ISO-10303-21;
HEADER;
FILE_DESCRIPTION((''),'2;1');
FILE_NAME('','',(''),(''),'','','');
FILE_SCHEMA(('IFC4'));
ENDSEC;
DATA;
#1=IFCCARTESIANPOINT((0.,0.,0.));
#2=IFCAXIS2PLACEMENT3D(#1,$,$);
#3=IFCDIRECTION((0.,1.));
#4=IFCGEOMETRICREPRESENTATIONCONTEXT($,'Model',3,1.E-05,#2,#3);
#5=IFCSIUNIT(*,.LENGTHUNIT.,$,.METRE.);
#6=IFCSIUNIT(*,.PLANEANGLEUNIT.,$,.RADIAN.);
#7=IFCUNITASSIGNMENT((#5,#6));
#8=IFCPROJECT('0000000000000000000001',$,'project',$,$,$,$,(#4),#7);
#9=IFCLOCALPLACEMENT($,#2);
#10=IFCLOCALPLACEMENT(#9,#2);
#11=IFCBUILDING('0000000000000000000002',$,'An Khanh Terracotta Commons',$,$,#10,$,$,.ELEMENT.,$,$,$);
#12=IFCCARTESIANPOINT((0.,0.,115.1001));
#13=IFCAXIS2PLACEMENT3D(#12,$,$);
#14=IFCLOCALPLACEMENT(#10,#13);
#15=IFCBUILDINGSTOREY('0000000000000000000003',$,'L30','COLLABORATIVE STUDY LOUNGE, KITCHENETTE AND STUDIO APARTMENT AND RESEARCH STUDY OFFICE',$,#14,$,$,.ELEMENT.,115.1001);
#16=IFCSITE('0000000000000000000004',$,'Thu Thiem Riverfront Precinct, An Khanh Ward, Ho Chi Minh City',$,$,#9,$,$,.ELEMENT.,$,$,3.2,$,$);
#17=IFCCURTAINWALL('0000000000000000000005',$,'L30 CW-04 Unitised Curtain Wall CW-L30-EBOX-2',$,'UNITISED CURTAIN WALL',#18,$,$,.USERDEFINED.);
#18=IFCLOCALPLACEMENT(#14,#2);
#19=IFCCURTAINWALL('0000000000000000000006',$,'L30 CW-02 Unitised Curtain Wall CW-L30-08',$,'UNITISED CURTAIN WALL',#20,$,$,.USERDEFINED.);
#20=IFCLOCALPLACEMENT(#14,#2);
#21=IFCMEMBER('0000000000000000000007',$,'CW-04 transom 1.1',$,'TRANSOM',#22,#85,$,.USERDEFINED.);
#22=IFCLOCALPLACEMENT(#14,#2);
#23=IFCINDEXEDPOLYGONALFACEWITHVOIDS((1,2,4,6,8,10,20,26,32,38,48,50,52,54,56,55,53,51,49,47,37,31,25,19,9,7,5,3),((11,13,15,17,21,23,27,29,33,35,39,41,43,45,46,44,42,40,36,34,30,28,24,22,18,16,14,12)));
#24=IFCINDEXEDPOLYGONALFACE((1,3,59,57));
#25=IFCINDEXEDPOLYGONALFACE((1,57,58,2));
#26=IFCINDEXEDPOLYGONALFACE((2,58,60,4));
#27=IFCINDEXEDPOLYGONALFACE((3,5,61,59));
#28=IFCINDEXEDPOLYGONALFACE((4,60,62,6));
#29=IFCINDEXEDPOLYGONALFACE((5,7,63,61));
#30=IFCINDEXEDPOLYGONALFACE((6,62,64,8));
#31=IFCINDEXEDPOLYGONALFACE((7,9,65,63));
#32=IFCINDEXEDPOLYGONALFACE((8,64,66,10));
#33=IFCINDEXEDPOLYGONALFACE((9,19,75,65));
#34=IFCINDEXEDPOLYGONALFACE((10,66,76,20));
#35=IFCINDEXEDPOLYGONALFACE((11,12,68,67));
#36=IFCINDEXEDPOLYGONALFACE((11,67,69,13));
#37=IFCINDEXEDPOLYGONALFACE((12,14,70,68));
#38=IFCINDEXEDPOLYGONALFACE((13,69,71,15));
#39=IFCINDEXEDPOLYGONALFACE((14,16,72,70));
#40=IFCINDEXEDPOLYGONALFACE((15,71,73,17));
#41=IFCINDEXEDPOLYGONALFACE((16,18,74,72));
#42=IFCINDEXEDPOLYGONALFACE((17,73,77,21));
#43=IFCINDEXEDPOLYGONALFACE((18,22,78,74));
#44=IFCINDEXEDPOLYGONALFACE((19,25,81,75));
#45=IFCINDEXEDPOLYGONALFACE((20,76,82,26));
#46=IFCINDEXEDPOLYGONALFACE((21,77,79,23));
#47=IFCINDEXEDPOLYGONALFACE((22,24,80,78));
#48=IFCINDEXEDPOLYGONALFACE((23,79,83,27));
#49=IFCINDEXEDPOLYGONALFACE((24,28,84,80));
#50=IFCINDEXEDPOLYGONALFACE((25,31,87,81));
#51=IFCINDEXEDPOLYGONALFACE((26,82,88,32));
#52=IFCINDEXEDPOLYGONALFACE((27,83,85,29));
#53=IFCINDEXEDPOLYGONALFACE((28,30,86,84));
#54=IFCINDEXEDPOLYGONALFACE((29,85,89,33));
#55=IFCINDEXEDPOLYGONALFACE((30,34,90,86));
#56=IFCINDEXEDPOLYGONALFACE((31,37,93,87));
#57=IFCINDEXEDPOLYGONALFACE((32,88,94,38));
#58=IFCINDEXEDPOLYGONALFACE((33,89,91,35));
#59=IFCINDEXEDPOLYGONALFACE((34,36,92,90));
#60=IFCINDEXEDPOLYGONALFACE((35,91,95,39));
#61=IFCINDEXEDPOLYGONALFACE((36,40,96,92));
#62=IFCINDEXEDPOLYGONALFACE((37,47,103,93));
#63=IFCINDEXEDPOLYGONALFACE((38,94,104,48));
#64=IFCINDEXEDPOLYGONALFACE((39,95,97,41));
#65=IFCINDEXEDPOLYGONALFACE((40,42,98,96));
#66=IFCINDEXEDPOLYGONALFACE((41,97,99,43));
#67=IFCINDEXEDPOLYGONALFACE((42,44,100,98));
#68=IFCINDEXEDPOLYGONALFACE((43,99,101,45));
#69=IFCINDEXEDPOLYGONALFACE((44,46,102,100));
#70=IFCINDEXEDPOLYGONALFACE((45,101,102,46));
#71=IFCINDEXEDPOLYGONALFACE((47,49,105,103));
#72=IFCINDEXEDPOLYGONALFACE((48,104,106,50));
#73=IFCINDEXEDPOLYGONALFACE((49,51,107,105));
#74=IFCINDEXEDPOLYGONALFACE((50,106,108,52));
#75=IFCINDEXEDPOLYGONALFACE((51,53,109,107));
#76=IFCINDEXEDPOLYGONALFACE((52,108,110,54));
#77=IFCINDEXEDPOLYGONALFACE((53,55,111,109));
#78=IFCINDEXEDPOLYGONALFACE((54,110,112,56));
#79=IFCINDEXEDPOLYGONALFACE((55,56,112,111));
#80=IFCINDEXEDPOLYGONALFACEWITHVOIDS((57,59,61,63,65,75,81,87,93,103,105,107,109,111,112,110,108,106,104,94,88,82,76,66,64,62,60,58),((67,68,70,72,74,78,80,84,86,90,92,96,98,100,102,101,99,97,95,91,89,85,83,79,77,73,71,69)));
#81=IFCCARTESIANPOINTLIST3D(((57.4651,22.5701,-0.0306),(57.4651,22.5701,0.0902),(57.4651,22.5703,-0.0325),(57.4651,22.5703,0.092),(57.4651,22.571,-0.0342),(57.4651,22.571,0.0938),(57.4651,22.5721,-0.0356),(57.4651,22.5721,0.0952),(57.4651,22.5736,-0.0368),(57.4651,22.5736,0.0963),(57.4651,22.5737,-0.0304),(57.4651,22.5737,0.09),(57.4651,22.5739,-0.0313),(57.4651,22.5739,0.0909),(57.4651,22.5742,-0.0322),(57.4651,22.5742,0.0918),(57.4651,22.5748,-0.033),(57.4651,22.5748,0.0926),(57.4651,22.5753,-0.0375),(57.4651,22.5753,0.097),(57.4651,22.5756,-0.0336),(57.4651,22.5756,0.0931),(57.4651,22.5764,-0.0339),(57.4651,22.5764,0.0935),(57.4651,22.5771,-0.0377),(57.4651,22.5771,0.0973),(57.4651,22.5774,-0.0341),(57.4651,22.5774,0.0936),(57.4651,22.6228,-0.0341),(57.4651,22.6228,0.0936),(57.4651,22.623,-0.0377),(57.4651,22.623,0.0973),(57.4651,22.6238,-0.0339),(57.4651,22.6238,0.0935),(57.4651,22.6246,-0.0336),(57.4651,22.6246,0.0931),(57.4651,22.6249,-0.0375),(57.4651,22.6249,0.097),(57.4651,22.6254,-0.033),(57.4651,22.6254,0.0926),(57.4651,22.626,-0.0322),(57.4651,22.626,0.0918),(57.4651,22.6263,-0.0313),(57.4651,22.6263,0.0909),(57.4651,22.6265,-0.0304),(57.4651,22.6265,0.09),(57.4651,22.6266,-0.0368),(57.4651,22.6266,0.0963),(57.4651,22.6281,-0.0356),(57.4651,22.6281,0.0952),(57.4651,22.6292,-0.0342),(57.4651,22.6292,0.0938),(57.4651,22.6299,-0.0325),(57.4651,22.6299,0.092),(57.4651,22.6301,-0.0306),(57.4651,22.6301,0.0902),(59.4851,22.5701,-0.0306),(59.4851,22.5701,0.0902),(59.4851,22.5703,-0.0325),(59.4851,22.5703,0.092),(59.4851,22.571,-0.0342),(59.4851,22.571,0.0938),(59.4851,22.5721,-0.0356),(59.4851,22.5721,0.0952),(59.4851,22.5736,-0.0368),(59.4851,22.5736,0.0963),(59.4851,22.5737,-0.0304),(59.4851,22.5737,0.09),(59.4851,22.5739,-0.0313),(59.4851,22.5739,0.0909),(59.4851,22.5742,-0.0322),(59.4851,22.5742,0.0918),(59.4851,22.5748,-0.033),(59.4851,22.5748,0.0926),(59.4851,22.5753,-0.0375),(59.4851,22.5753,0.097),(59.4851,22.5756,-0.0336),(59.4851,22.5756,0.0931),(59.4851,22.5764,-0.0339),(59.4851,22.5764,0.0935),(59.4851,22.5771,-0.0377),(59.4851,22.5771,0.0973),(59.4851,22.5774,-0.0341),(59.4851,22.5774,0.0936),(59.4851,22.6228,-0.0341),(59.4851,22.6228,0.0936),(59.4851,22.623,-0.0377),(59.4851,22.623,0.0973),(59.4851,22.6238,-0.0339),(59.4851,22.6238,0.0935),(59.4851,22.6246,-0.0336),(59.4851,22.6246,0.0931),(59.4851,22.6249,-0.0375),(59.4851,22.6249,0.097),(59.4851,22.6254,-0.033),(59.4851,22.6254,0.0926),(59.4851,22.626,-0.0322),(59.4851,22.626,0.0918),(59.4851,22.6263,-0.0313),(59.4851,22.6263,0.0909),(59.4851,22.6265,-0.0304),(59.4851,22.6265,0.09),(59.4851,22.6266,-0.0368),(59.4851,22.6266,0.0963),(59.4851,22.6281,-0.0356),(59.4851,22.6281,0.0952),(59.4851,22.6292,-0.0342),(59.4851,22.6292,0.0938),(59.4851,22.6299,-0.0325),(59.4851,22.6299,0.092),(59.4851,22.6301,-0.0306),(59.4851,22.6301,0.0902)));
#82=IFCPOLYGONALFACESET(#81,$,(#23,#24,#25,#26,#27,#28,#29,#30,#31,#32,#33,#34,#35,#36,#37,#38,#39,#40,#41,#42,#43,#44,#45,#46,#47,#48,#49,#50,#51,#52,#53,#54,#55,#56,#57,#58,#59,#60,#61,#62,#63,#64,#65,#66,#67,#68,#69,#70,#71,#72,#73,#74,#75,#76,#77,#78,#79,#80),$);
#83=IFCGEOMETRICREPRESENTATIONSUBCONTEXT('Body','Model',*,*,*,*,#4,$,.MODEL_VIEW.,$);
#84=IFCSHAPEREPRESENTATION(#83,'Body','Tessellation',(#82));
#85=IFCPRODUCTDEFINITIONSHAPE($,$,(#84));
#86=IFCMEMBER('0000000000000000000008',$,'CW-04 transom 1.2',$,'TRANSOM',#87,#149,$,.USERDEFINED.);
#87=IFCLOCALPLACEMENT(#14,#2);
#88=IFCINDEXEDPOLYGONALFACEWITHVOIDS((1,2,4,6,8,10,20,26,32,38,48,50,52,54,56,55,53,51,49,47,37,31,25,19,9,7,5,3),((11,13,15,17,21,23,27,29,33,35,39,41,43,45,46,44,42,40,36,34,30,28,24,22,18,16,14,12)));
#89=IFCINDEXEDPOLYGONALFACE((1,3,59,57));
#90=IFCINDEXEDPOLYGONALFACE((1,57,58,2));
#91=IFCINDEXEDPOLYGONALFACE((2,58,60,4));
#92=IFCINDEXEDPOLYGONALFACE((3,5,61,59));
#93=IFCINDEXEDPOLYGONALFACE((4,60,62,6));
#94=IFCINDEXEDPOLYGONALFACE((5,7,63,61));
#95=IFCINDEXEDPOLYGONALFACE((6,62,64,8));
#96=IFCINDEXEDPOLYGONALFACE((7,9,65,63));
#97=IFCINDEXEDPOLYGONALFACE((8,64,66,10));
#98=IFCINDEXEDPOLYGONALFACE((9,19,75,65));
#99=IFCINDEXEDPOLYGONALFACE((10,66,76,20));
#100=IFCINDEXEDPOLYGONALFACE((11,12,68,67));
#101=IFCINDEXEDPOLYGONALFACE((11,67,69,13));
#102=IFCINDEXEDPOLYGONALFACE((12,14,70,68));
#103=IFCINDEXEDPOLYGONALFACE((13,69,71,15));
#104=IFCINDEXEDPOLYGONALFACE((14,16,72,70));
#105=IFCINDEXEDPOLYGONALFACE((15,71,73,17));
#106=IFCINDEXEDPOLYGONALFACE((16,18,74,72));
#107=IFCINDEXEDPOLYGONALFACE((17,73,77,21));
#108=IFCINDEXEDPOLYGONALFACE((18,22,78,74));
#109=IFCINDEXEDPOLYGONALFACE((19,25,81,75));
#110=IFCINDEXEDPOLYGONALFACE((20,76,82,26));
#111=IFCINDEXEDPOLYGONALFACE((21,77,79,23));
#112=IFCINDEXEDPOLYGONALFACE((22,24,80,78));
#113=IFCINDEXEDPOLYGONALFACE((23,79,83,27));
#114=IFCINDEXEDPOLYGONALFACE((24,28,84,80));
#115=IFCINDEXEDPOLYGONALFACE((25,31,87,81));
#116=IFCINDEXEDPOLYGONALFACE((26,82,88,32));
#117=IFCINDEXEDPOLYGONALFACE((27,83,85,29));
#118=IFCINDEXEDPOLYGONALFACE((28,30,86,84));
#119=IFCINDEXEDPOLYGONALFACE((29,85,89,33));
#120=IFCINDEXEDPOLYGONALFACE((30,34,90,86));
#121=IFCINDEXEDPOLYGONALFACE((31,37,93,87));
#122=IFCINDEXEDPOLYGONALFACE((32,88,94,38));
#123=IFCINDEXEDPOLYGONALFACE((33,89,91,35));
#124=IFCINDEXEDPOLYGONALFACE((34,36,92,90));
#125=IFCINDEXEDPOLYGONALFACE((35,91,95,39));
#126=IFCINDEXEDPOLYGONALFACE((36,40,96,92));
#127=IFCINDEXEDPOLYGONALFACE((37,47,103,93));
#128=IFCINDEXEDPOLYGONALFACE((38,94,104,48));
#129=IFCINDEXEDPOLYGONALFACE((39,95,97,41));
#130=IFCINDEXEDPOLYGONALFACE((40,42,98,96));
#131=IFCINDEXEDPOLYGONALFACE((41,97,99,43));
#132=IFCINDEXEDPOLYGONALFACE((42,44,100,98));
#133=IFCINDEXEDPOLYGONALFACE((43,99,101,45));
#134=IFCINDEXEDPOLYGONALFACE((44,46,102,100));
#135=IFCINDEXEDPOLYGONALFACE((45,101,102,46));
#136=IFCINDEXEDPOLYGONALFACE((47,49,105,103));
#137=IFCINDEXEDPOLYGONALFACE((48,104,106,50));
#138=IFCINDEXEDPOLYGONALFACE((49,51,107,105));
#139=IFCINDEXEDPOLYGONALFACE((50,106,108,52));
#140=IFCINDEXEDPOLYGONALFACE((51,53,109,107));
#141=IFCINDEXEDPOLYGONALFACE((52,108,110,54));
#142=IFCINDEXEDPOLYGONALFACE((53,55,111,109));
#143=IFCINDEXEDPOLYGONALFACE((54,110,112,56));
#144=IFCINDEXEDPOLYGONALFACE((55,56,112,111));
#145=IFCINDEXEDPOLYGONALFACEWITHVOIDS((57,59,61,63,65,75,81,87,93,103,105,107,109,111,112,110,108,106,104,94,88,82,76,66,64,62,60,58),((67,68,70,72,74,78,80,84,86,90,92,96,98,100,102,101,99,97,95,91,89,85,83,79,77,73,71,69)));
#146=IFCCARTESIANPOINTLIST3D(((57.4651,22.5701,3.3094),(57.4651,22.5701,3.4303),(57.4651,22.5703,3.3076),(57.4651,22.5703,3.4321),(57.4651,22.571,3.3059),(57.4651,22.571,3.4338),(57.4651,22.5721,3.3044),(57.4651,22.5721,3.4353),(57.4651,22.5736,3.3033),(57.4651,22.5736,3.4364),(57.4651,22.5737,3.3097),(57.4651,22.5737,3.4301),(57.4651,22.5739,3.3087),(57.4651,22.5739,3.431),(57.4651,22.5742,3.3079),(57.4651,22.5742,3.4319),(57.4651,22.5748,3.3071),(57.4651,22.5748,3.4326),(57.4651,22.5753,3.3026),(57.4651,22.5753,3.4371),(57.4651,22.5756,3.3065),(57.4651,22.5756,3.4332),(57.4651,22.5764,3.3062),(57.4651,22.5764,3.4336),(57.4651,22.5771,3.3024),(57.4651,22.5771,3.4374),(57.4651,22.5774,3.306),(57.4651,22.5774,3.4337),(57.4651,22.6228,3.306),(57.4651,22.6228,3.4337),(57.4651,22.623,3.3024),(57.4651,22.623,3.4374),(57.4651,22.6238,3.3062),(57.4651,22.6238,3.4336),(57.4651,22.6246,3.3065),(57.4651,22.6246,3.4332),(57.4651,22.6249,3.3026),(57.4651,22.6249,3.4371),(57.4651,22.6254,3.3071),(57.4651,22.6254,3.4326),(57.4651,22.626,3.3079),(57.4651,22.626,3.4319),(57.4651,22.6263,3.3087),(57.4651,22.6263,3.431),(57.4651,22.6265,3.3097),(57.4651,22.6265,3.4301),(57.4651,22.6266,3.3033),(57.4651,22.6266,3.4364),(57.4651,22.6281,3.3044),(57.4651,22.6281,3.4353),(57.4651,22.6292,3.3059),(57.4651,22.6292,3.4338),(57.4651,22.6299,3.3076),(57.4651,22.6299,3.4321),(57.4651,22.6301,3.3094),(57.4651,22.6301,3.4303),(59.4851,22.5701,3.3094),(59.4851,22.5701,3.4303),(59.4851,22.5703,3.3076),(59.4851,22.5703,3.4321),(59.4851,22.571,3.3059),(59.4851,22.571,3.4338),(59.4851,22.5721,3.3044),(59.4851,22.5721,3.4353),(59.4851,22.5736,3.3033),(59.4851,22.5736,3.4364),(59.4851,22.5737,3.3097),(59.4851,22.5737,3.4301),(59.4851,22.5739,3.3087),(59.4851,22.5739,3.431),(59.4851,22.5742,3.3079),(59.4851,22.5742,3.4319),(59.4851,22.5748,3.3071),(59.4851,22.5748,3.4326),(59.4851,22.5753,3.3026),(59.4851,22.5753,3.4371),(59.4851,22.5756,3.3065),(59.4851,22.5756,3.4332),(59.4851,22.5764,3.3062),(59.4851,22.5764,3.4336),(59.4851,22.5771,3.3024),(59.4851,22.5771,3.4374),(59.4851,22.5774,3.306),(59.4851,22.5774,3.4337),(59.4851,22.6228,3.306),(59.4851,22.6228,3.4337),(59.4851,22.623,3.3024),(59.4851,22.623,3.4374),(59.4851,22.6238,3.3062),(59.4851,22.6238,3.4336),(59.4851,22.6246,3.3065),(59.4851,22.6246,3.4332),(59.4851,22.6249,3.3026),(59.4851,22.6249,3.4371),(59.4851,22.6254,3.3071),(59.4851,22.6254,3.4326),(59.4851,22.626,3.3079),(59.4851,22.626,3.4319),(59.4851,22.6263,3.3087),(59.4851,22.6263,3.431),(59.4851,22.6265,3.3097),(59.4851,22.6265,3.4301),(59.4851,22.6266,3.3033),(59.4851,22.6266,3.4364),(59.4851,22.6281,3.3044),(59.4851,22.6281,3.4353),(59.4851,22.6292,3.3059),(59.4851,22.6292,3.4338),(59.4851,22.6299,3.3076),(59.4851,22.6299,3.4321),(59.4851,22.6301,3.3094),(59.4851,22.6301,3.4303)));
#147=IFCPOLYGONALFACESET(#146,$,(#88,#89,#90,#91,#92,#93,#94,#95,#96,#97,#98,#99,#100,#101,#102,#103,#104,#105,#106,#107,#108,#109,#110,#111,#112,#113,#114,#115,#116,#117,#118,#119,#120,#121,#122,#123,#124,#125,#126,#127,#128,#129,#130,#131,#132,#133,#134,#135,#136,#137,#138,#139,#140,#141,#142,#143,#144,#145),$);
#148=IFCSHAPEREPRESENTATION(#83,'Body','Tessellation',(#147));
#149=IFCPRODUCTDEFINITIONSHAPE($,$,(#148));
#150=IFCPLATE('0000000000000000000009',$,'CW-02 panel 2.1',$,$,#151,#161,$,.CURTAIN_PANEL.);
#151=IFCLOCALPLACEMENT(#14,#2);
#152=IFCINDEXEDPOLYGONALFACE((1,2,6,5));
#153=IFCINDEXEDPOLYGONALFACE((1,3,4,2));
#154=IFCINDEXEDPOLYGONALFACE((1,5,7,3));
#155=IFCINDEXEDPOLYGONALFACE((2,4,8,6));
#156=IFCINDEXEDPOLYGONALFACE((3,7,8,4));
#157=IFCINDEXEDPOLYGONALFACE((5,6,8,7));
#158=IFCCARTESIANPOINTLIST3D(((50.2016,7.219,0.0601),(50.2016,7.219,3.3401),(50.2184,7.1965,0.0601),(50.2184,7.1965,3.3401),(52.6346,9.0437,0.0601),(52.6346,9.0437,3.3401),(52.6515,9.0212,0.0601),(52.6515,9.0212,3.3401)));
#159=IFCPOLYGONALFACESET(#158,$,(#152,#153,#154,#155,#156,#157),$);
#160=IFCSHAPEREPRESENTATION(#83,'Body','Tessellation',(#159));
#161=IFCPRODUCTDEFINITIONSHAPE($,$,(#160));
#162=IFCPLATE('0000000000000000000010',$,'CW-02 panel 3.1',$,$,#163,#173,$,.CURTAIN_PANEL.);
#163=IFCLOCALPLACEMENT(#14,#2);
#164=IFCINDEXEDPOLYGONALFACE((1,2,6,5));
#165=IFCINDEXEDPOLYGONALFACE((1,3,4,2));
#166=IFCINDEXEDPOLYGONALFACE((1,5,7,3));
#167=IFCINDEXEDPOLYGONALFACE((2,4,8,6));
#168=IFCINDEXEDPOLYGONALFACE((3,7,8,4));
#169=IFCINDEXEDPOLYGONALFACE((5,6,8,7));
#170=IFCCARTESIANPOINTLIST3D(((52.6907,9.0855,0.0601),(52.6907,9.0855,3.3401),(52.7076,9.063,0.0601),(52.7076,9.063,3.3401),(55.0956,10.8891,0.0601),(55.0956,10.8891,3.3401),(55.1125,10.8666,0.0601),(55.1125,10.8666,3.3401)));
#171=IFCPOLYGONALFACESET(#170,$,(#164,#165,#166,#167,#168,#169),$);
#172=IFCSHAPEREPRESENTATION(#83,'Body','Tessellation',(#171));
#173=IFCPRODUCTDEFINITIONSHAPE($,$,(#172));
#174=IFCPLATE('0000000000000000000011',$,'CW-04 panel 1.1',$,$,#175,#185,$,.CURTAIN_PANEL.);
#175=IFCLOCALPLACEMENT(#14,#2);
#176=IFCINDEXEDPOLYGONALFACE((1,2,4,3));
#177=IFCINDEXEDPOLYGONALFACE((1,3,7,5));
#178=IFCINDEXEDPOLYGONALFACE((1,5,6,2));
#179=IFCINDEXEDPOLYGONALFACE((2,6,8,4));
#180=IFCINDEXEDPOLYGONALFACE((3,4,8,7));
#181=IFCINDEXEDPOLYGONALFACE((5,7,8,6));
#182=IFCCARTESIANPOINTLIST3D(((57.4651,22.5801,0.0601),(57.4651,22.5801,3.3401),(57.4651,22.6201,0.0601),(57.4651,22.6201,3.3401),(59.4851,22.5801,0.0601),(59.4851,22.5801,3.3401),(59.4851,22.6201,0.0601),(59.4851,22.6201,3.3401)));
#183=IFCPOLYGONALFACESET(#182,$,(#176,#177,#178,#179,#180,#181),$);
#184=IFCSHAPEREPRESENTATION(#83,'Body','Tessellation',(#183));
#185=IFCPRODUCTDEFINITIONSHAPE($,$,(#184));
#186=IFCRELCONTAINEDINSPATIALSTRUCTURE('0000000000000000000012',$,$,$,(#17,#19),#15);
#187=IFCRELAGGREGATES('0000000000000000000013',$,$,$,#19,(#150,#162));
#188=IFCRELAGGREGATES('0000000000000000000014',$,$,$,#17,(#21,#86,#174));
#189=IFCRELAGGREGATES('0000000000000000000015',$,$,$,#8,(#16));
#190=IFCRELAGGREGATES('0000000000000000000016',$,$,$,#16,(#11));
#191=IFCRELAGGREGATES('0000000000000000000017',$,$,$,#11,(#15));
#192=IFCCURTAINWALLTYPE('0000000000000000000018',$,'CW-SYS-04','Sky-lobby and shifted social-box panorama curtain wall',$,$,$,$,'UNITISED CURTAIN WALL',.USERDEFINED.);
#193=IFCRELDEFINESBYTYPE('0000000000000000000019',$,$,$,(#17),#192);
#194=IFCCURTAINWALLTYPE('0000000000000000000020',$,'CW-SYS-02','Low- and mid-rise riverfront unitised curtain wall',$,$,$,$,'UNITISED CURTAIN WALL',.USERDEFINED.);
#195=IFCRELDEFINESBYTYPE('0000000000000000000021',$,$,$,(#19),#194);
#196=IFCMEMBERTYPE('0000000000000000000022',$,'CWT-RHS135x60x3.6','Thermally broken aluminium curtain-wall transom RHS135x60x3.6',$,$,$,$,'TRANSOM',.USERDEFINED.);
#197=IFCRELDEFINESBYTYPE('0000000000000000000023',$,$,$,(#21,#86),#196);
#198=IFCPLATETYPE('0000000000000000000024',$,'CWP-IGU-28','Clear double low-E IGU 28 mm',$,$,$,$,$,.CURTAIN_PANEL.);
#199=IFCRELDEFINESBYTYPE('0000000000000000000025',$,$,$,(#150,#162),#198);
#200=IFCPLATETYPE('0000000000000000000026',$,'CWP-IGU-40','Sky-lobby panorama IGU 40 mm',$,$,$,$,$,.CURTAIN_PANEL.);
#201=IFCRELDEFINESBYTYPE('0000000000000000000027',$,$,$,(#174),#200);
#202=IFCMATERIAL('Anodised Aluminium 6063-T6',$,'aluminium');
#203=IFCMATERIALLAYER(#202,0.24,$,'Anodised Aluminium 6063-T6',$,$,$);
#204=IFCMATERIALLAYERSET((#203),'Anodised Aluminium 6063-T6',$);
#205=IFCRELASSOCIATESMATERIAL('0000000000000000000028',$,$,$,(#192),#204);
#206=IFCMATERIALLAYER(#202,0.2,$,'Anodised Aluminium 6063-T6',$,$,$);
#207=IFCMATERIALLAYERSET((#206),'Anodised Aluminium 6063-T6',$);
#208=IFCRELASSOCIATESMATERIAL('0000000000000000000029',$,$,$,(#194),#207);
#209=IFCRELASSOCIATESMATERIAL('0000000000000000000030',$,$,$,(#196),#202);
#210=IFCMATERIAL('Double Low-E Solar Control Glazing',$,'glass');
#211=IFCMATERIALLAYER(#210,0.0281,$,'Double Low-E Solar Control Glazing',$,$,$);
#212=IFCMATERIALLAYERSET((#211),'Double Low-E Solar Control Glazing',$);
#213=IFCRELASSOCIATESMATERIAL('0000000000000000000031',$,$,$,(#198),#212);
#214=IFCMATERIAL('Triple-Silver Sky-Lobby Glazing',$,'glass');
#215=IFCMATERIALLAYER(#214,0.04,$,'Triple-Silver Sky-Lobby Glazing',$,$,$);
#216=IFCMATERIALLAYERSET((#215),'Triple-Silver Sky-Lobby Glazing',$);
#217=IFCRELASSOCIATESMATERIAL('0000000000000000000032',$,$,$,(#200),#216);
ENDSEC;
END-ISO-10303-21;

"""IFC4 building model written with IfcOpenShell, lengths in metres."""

from ifc_helpers import new_model, si_unit, direction, frame, origin, origin_2d, place, context, subcontext, project, spatial, rectangle, hollow_rectangle, extrude, material, layer, layer_set, material_profile, profile_set, type_object, element, aggregate, save


model = new_model("IFC4")

# Units and contexts
model_context = context("Model", 3, precision=1e-05, world=origin(), true_north=direction((0.0, 1.0)))
body_context = subcontext(model_context, "Body", "Model", "MODEL_VIEW")
ifc_project = project(units=[si_unit("LENGTHUNIT", "METRE"), si_unit("PLANEANGLEUNIT", "RADIAN")], contexts=[model_context])

# Site, building, storey
site_placement = place(None, origin())
site = spatial("IfcSite", under=ifc_project, at=site_placement, Name="Thu Thiem Riverfront Precinct, An Khanh Ward, Ho Chi Minh City", CompositionType="ELEMENT", RefElevation=3.2)
building_placement = place(site_placement, origin())
building = spatial("IfcBuilding", under=site, at=building_placement, Name="An Khanh Terracotta Commons", CompositionType="ELEMENT")
storey_placement = place(building_placement, frame((0.0, 0.0, 115.1001)))
storey = spatial("IfcBuildingStorey", under=building, at=storey_placement, Name="L30", Description="COLLABORATIVE STUDY LOUNGE, KITCHENETTE AND STUDIO APARTMENT AND RESEARCH STUDY OFFICE", CompositionType="ELEMENT", Elevation=115.1001)

# Shared definitions
ifc_material_1 = material(Name="Anodised Aluminium 6063-T6", Category="aluminium")
ifc_layer_1 = layer(ifc_material_1, 0.24, Name="Anodised Aluminium 6063-T6")
ifc_layer_set_1 = layer_set([ifc_layer_1], Name="Anodised Aluminium 6063-T6")
curtain_wall_type_1 = type_object("IfcCurtainWallType", Name="CW-SYS-04", Description="Sky-lobby and shifted social-box panorama curtain wall", ElementType="UNITISED CURTAIN WALL", PredefinedType="USERDEFINED", material=ifc_layer_set_1)

# Curtain walls
curtain_wall_1_placement = place(storey_placement, origin())
curtain_wall_1 = element("IfcCurtainWall", 1, at=curtain_wall_1_placement, inside=storey, type_object=curtain_wall_type_1, Name="L30 CW-04 Unitised Curtain Wall CW-L30-EBOX-2", ObjectType="UNITISED CURTAIN WALL", PredefinedType="USERDEFINED")
ifc_layer_2 = layer(ifc_material_1, 0.2, Name="Anodised Aluminium 6063-T6")
ifc_layer_set_2 = layer_set([ifc_layer_2], Name="Anodised Aluminium 6063-T6")
curtain_wall_type_2 = type_object("IfcCurtainWallType", Name="CW-SYS-02", Description="Low- and mid-rise riverfront unitised curtain wall", ElementType="UNITISED CURTAIN WALL", PredefinedType="USERDEFINED", material=ifc_layer_set_2)
curtain_wall_2_placement = place(storey_placement, origin())
curtain_wall_2 = element("IfcCurtainWall", 2, at=curtain_wall_2_placement, inside=storey, type_object=curtain_wall_type_2, Name="L30 CW-02 Unitised Curtain Wall CW-L30-08", ObjectType="UNITISED CURTAIN WALL", PredefinedType="USERDEFINED")

# Members
ifc_material_profile_1 = material_profile(ifc_material_1, hollow_rectangle(XDim=0.0601, YDim=0.135, WallThickness=0.0037, InnerFilletRadius=0.0037, OuterFilletRadius=0.0071, at=origin_2d()), Name="RHS135x60x3.6")
ifc_profile_set_1 = profile_set([ifc_material_profile_1], Name="Anodised Aluminium 6063-T6")
member_type_1 = type_object("IfcMemberType", Name="CWT-RHS135x60x3.6", Description="Thermally broken aluminium curtain-wall transom RHS135x60x3.6", ElementType="TRANSOM", PredefinedType="USERDEFINED", material=ifc_profile_set_1)
member_1_placement = place(storey_placement, frame((57.4651, 22.6001, 0.0298), z_axis=(1.0, 0.0, 0.0), x_axis=(0.0, 1.0, 0.0)))
member_1 = element("IfcMember", 3, at=member_1_placement, type_object=member_type_1, Name="CW-04 transom 1.1", ObjectType="TRANSOM", PredefinedType="USERDEFINED", context=body_context, shape_type="SweptSolid", body=[
    extrude(hollow_rectangle(XDim=0.0601, YDim=0.135, WallThickness=0.0037, InnerFilletRadius=0.0037, OuterFilletRadius=0.0071, at=origin_2d()), origin(), (0.0, 0.0, 1.0), 2.02),
])
member_2_placement = place(storey_placement, frame((57.4651, 22.6001, 3.3699), z_axis=(1.0, 0.0, 0.0), x_axis=(0.0, 1.0, 0.0)))
member_2 = element("IfcMember", 4, at=member_2_placement, type_object=member_type_1, Name="CW-04 transom 1.2", ObjectType="TRANSOM", PredefinedType="USERDEFINED", context=body_context, shape_type="SweptSolid", body=[
    extrude(hollow_rectangle(XDim=0.0601, YDim=0.135, WallThickness=0.0037, InnerFilletRadius=0.0037, OuterFilletRadius=0.0071, at=origin_2d()), origin(), (0.0, 0.0, 1.0), 2.02),
])

# Plates
ifc_material_2 = material(Name="Double Low-E Solar Control Glazing", Category="glass")
ifc_layer_3 = layer(ifc_material_2, 0.0281, Name="Double Low-E Solar Control Glazing")
ifc_layer_set_3 = layer_set([ifc_layer_3], Name="Double Low-E Solar Control Glazing")
plate_type_1 = type_object("IfcPlateType", Name="CWP-IGU-28", Description="Clear double low-E IGU 28 mm", PredefinedType="CURTAIN_PANEL", material=ifc_layer_set_3)
plate_1_placement = place(storey_placement, frame((51.4265, 8.1201, 0.0601), z_axis=(0.0, 0.0, 1.0), x_axis=(0.800013, 0.599983, 0.0)))
plate_1 = element("IfcPlate", 5, at=plate_1_placement, type_object=plate_type_1, Name="CW-02 panel 2.1", PredefinedType="CURTAIN_PANEL", context=body_context, shape_type="SweptSolid", body=[
    extrude(rectangle(XDim=3.0413, YDim=0.0281, at=origin_2d()), origin(), (0.0, 0.0, 1.0), 3.28),
])
plate_2_placement = place(storey_placement, frame((53.9016, 9.9761, 0.0601), z_axis=(0.0, 0.0, 1.0), x_axis=(0.800013, 0.599983, 0.0)))
plate_2 = element("IfcPlate", 6, at=plate_2_placement, type_object=plate_type_1, Name="CW-02 panel 3.1", PredefinedType="CURTAIN_PANEL", context=body_context, shape_type="SweptSolid", body=[
    extrude(rectangle(XDim=3.0061, YDim=0.0281, at=origin_2d()), origin(), (0.0, 0.0, 1.0), 3.28),
])
aggregate(curtain_wall_2, [plate_1, plate_2])
ifc_material_3 = material(Name="Triple-Silver Sky-Lobby Glazing", Category="glass")
ifc_layer_4 = layer(ifc_material_3, 0.04, Name="Triple-Silver Sky-Lobby Glazing")
ifc_layer_set_4 = layer_set([ifc_layer_4], Name="Triple-Silver Sky-Lobby Glazing")
plate_type_2 = type_object("IfcPlateType", Name="CWP-IGU-40", Description="Sky-lobby panorama IGU 40 mm", PredefinedType="CURTAIN_PANEL", material=ifc_layer_set_4)
plate_3_placement = place(storey_placement, frame((58.4751, 22.6001, 0.0601), z_axis=(0.0, 0.0, 1.0), x_axis=(1.0, 0.0, 0.0)))
plate_3 = element("IfcPlate", 7, at=plate_3_placement, type_object=plate_type_2, Name="CW-04 panel 1.1", PredefinedType="CURTAIN_PANEL", context=body_context, shape_type="SweptSolid", body=[
    extrude(rectangle(XDim=2.02, YDim=0.04, at=origin_2d()), origin(), (0.0, 0.0, 1.0), 3.28),
])
aggregate(curtain_wall_1, [member_1, member_2, plate_3])

save(model, "model.ifc")
